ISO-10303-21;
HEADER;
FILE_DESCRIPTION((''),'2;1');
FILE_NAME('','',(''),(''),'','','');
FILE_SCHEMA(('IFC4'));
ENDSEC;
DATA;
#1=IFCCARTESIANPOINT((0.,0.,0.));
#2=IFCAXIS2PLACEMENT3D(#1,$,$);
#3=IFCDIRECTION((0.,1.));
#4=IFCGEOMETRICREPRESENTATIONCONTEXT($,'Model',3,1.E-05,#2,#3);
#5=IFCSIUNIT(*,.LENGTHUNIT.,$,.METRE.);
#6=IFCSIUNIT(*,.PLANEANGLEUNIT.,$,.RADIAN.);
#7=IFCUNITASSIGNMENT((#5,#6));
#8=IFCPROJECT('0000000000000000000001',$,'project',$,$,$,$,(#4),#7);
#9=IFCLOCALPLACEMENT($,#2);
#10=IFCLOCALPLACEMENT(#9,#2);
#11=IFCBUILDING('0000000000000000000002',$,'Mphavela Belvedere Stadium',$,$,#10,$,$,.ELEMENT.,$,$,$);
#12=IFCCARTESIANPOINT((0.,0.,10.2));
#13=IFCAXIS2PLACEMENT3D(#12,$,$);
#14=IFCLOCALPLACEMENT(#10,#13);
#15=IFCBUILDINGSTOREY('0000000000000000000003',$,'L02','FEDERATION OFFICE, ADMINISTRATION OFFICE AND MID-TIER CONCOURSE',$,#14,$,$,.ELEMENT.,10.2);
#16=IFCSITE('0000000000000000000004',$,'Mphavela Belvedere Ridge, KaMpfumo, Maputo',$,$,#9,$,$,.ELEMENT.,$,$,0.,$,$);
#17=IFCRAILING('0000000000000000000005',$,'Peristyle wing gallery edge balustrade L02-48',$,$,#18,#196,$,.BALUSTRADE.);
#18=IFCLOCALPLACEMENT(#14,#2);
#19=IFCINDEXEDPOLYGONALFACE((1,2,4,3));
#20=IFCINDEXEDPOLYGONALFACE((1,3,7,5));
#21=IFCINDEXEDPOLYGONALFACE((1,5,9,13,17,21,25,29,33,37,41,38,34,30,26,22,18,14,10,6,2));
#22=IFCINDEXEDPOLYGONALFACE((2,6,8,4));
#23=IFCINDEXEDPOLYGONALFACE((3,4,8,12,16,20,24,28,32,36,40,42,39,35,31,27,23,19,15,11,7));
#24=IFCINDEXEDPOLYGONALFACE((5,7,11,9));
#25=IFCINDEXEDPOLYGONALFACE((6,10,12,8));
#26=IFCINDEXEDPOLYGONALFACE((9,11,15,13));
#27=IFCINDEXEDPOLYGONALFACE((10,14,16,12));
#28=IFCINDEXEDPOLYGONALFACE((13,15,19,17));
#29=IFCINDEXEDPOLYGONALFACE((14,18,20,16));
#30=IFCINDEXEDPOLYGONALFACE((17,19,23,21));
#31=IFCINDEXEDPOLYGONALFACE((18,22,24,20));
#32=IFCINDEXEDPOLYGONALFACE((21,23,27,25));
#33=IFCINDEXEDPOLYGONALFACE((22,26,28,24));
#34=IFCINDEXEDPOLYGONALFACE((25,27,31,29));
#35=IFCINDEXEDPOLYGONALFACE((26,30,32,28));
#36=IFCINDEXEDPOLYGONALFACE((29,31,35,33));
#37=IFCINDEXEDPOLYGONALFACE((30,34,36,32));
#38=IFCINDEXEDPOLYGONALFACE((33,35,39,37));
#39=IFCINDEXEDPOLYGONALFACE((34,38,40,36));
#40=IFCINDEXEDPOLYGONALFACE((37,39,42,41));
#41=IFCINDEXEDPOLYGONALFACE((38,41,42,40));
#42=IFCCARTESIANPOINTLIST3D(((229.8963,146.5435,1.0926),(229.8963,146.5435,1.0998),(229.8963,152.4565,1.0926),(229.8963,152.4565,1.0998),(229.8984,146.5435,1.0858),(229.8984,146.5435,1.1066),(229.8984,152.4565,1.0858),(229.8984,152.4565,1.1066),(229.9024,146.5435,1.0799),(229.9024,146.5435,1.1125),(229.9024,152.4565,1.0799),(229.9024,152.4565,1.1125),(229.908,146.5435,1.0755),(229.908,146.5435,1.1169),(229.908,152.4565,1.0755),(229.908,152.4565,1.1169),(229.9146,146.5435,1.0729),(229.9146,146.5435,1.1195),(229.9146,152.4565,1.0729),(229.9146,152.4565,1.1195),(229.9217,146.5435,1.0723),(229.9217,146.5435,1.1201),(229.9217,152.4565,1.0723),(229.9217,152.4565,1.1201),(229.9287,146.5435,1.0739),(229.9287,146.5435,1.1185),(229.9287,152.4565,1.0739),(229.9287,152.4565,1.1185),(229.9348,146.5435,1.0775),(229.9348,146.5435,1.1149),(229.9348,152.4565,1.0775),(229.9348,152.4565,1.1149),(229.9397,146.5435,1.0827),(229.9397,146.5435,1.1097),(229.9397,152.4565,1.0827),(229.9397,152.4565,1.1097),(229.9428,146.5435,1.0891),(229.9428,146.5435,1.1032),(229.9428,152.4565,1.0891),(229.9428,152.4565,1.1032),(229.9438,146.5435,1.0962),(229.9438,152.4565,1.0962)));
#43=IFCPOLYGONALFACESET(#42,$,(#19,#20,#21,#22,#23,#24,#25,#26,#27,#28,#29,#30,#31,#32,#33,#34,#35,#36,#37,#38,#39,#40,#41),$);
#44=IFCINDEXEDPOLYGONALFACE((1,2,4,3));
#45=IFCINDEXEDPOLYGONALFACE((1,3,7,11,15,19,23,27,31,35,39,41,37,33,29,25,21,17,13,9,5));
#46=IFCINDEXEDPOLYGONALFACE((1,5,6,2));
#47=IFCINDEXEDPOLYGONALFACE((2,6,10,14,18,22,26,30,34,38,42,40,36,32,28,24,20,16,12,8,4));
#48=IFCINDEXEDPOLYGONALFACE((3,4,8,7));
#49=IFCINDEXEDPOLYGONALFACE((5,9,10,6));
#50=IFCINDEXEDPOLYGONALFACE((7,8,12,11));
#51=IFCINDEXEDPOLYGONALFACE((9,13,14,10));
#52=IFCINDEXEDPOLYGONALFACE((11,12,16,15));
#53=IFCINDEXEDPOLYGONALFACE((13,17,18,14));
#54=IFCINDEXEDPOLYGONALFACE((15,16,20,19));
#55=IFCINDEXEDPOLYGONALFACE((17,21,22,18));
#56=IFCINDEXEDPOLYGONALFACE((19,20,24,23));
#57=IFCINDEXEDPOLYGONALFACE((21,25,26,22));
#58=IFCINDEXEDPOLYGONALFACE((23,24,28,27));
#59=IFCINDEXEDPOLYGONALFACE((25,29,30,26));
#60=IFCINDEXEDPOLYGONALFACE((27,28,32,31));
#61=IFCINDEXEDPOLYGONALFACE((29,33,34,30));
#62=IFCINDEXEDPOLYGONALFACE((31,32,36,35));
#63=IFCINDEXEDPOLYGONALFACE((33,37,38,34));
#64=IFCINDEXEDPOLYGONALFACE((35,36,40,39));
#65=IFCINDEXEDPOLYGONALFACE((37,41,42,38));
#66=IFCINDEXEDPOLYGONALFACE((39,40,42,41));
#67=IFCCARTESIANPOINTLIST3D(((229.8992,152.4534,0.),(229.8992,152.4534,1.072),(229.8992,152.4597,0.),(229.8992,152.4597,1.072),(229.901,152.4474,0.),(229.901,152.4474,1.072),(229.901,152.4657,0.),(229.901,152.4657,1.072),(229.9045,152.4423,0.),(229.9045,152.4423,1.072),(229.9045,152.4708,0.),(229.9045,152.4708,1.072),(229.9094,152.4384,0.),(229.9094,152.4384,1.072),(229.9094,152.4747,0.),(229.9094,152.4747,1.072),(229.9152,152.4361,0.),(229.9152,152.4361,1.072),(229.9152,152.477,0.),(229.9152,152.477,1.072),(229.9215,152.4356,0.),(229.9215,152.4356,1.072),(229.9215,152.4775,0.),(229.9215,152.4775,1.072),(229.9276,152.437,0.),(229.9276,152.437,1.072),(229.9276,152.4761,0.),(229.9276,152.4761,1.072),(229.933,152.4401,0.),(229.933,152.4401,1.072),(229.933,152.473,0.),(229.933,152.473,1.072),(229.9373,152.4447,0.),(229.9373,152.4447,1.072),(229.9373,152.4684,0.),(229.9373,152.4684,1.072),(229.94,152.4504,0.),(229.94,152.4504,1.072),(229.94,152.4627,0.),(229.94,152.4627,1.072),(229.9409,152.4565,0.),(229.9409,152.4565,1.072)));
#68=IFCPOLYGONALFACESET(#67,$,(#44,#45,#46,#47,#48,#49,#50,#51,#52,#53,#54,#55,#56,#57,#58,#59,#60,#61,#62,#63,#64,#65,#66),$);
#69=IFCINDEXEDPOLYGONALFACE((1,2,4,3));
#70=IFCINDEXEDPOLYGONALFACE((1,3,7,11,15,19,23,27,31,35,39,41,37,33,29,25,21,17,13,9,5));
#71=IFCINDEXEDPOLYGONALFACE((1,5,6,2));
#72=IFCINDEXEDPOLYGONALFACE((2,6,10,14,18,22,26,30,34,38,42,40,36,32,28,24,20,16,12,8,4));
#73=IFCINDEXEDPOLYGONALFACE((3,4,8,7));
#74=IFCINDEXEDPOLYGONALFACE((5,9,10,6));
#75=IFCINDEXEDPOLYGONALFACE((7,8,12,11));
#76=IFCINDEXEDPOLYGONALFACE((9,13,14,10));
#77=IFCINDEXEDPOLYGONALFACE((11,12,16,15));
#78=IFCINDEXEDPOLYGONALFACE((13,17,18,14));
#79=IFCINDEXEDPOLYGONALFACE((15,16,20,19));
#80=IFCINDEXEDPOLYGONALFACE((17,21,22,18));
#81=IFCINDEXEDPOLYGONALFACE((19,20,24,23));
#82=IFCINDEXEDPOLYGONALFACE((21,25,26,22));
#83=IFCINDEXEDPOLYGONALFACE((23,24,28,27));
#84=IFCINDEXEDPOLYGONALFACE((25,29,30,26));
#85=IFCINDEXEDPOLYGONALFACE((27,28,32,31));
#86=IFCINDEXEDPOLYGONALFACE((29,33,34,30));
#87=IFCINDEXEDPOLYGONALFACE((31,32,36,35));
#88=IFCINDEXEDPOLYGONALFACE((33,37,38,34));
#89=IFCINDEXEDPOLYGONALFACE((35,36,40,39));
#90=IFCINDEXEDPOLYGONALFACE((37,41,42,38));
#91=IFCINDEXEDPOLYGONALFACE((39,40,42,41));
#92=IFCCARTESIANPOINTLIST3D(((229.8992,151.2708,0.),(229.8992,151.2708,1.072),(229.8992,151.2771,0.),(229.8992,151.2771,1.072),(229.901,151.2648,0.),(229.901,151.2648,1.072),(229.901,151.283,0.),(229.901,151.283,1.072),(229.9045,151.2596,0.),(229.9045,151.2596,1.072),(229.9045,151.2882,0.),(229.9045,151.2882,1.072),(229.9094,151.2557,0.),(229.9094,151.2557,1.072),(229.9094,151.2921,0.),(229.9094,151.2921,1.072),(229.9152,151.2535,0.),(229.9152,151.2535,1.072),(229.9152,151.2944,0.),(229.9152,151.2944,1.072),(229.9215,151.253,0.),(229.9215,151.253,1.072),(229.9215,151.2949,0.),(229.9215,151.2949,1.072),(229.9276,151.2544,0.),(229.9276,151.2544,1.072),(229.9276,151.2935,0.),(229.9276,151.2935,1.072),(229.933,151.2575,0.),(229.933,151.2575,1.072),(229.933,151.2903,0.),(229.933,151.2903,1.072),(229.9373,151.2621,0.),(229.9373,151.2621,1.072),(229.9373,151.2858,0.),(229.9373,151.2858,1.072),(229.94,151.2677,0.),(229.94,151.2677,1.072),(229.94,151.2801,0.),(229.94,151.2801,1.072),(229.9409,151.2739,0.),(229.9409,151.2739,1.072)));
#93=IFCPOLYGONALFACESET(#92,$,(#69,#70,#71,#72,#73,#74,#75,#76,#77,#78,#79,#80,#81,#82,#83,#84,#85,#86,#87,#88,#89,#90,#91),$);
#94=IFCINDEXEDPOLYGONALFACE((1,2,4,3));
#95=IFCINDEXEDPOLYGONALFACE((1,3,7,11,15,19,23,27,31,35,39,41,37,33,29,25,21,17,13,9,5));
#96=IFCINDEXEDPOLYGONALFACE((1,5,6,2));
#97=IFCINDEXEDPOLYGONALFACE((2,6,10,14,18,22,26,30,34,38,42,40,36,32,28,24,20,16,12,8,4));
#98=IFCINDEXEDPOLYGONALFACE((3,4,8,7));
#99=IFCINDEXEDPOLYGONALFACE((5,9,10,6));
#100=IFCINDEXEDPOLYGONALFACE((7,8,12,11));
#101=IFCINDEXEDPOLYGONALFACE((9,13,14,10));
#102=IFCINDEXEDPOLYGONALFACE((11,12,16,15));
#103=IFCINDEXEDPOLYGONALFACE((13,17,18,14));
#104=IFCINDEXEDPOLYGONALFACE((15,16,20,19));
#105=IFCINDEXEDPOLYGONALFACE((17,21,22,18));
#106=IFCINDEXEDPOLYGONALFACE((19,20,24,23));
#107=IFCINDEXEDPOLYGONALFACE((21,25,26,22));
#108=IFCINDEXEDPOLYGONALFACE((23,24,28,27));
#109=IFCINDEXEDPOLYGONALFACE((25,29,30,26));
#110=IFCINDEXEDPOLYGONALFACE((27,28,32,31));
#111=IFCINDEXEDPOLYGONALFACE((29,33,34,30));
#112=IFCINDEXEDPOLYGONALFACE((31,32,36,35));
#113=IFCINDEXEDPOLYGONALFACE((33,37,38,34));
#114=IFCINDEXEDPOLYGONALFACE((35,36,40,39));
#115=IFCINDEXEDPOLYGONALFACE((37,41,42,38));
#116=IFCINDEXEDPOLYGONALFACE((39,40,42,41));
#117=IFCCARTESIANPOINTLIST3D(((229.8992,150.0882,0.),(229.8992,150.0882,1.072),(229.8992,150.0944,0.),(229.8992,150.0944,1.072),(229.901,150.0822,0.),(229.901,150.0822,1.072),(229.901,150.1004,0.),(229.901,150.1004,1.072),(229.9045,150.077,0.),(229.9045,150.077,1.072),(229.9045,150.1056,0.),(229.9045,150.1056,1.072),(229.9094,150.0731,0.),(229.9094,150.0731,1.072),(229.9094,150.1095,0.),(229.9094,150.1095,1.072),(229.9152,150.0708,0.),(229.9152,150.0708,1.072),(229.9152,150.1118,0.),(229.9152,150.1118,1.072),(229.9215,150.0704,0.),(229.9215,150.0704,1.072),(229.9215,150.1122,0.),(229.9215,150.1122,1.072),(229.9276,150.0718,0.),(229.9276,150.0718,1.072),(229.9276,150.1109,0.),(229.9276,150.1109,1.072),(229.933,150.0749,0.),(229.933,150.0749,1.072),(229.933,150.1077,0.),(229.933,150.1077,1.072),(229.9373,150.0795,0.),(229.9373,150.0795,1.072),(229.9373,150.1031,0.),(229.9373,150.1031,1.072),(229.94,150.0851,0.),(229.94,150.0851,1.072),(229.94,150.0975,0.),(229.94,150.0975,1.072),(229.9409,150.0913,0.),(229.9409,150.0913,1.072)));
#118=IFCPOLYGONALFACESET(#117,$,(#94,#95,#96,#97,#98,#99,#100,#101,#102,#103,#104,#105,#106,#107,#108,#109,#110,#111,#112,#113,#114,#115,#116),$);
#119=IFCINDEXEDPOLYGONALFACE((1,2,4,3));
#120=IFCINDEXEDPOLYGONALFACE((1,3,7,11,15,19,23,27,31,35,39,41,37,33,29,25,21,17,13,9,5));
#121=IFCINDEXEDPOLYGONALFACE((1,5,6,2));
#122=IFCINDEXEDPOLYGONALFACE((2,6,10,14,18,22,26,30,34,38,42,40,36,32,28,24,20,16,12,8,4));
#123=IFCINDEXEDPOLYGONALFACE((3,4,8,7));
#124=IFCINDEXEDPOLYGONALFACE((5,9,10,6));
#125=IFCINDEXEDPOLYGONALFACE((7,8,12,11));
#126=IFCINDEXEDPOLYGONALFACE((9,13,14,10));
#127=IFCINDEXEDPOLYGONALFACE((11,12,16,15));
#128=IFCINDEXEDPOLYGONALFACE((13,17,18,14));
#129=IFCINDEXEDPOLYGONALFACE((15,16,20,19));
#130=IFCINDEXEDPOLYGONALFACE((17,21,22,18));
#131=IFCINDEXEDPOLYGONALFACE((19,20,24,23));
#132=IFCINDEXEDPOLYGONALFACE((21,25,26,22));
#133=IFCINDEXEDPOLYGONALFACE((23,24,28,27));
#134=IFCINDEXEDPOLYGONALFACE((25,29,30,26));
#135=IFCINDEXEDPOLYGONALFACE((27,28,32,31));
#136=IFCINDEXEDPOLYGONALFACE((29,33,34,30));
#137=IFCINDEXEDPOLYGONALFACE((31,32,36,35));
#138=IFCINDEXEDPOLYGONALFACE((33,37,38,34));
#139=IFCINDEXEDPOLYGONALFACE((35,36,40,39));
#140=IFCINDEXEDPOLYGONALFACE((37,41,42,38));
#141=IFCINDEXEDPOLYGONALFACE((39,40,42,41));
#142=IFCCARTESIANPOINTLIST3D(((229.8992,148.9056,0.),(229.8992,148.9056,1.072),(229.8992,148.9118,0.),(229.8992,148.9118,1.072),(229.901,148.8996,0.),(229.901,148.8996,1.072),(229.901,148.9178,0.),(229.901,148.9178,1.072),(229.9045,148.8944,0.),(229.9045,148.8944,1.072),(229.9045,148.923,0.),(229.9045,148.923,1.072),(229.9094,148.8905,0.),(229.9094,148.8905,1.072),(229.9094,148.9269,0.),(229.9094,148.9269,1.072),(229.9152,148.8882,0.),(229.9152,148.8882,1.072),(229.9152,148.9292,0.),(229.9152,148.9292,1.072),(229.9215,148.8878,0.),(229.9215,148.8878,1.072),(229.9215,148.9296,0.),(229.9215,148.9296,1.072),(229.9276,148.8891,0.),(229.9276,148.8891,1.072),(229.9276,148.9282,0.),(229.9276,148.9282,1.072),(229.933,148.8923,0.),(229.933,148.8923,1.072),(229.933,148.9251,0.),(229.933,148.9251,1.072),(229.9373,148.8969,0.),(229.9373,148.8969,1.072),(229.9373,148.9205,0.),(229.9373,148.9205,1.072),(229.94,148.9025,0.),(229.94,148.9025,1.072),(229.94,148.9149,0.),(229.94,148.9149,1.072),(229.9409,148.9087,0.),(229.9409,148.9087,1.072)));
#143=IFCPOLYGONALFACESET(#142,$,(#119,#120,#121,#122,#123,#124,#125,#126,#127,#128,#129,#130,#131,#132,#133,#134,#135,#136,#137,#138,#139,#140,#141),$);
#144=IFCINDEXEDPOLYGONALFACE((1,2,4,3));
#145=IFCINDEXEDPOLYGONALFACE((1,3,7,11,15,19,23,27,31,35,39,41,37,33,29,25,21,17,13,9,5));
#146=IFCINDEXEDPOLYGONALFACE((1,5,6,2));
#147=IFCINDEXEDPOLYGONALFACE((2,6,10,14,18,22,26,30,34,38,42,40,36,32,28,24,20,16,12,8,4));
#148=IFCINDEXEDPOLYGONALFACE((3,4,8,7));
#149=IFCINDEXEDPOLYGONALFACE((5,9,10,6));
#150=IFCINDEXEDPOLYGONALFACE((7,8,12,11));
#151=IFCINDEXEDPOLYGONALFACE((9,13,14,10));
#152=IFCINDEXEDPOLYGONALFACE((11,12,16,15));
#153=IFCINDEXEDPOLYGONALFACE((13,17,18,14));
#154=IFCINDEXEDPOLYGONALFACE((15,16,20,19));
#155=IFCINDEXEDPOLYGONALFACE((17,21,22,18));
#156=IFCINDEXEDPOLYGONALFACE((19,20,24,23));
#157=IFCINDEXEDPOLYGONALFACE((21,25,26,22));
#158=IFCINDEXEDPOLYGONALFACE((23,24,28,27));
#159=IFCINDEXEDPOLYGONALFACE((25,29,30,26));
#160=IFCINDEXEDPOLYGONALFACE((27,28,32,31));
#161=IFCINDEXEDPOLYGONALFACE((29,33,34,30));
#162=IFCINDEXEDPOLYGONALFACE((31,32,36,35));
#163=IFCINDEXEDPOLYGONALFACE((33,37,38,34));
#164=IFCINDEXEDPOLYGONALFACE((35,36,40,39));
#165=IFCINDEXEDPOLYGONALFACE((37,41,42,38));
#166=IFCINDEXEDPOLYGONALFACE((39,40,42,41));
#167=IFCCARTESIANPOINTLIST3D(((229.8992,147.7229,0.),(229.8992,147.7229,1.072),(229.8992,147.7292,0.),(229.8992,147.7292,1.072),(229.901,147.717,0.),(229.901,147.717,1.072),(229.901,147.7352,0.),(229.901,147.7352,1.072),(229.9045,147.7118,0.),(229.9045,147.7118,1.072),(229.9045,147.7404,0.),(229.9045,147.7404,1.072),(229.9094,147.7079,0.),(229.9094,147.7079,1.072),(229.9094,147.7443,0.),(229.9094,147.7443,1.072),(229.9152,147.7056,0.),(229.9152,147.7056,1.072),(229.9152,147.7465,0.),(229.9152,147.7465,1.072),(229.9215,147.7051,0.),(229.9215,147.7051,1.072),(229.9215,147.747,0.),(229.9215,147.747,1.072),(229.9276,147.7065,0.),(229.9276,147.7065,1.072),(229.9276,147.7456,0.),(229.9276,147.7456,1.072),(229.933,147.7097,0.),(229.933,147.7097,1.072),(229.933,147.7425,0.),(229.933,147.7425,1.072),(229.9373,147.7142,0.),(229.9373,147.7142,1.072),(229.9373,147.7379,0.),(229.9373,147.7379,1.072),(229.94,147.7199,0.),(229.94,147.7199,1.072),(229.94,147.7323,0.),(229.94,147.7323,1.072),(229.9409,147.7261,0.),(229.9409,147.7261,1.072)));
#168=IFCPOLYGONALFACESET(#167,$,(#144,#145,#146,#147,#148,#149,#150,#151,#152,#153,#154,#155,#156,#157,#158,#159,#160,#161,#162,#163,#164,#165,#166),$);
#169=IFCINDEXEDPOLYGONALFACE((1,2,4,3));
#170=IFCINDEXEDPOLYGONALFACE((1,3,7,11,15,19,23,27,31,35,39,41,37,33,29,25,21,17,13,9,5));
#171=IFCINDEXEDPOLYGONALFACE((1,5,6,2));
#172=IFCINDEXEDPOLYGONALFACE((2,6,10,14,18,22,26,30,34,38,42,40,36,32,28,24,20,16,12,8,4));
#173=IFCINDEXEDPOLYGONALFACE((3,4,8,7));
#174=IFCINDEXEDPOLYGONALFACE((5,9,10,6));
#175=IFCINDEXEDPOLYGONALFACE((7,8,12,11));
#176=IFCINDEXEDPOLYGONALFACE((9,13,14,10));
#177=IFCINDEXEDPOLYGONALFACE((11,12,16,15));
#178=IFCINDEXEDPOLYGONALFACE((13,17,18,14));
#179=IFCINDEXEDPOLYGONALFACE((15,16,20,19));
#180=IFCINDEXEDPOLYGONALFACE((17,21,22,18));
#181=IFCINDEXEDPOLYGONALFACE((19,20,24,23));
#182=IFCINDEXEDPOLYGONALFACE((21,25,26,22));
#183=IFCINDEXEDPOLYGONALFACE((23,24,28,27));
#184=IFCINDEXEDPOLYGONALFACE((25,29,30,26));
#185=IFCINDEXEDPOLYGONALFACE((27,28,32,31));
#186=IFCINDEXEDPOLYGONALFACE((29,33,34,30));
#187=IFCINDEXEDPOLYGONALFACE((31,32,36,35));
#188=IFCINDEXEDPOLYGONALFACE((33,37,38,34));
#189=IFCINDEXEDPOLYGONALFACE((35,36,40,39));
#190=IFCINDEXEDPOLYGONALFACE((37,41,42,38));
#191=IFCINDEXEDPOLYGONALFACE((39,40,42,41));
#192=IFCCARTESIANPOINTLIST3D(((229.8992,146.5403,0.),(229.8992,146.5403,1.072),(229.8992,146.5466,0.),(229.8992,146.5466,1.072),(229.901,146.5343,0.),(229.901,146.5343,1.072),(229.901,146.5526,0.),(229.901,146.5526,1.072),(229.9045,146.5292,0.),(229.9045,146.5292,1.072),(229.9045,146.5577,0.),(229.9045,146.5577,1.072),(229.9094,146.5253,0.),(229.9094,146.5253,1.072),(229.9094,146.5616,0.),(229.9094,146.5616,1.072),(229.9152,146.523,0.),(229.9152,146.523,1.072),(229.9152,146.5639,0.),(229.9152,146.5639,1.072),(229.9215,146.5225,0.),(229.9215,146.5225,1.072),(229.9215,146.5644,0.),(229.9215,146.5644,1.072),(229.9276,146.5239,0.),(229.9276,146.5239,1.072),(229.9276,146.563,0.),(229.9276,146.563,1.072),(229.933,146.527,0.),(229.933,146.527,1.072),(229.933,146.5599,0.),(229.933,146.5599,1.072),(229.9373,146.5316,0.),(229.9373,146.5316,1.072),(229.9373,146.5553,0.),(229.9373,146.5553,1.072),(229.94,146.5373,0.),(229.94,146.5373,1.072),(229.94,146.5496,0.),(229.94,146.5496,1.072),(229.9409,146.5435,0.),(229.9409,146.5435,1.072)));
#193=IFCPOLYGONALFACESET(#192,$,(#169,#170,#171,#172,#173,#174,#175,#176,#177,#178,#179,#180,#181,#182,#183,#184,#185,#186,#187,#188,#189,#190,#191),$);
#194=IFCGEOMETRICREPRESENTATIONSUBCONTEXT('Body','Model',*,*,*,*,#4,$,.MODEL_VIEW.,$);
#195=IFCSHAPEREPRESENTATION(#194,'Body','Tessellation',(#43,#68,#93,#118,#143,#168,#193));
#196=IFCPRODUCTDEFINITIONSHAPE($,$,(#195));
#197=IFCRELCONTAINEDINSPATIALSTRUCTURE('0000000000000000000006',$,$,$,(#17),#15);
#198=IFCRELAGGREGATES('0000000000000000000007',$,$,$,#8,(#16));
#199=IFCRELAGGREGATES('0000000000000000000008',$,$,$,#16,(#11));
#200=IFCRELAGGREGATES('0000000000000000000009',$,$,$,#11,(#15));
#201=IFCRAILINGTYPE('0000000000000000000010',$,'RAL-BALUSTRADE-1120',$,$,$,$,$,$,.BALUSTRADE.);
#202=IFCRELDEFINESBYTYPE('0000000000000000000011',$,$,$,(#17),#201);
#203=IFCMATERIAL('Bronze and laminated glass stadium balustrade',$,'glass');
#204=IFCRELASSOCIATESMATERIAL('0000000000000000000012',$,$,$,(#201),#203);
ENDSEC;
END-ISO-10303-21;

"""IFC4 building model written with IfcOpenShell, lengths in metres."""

from ifc_helpers import new_model, si_unit, direction, frame, origin, origin_2d, place, context, subcontext, project, spatial, circle, extrude, material, type_object, element, save


model = new_model("IFC4")

# Units and contexts
model_context = context("Model", 3, precision=1e-05, world=origin(), true_north=direction((0.0, 1.0)))
body_context = subcontext(model_context, "Body", "Model", "MODEL_VIEW")
ifc_project = project(units=[si_unit("LENGTHUNIT", "METRE"), si_unit("PLANEANGLEUNIT", "RADIAN")], contexts=[model_context])

# Site, building, storey
site_placement = place(None, origin())
site = spatial("IfcSite", under=ifc_project, at=site_placement, Name="Mphavela Belvedere Ridge, KaMpfumo, Maputo", CompositionType="ELEMENT", RefElevation=0.0)
building_placement = place(site_placement, origin())
building = spatial("IfcBuilding", under=site, at=building_placement, Name="Mphavela Belvedere Stadium", CompositionType="ELEMENT")
storey_placement = place(building_placement, frame((0.0, 0.0, 10.2)))
storey = spatial("IfcBuildingStorey", under=building, at=storey_placement, Name="L02", Description="FEDERATION OFFICE, ADMINISTRATION OFFICE AND MID-TIER CONCOURSE", CompositionType="ELEMENT", Elevation=10.2)

# Railing
ifc_material_1 = material(Name="Bronze and laminated glass stadium balustrade", Category="glass")
railing_type = type_object("IfcRailingType", Name="RAL-BALUSTRADE-1120", PredefinedType="BALUSTRADE", material=ifc_material_1)
for number, where, name in (
    (1, (229.9199, 152.4565, 0.0), "Peristyle wing gallery edge balustrade L02-48"),
):
    element("IfcRailing", number, at=place(storey_placement, frame(where)), inside=storey, type_object=railing_type, Name=name, PredefinedType="BALUSTRADE", context=body_context, shape_type="SweptSolid", body=[
        extrude(circle(Radius=0.0239, at=origin_2d()), frame((0.0, 0.0, 1.0962), z_axis=(0.0, -1.0, 0.0), x_axis=(1.0, 0.0, 0.0)), (0.0, 0.0, 1.0), 5.9131),
        extrude(circle(Radius=0.021, at=origin_2d()), origin(), (0.0, 0.0, 1.0), 1.072),
        extrude(circle(Radius=0.021, at=origin_2d()), frame((0.0, -1.1826, 0.0)), (0.0, 0.0, 1.0), 1.072),
        extrude(circle(Radius=0.021, at=origin_2d()), frame((0.0, -2.3652, 0.0)), (0.0, 0.0, 1.0), 1.072),
        extrude(circle(Radius=0.021, at=origin_2d()), frame((0.0, -3.5479, 0.0)), (0.0, 0.0, 1.0), 1.072),
        extrude(circle(Radius=0.021, at=origin_2d()), frame((0.0, -4.7305, 0.0)), (0.0, 0.0, 1.0), 1.072),
        extrude(circle(Radius=0.021, at=origin_2d()), frame((0.0, -5.9131, 0.0)), (0.0, 0.0, 1.0), 1.072),
    ])

save(model, "model.ifc")
